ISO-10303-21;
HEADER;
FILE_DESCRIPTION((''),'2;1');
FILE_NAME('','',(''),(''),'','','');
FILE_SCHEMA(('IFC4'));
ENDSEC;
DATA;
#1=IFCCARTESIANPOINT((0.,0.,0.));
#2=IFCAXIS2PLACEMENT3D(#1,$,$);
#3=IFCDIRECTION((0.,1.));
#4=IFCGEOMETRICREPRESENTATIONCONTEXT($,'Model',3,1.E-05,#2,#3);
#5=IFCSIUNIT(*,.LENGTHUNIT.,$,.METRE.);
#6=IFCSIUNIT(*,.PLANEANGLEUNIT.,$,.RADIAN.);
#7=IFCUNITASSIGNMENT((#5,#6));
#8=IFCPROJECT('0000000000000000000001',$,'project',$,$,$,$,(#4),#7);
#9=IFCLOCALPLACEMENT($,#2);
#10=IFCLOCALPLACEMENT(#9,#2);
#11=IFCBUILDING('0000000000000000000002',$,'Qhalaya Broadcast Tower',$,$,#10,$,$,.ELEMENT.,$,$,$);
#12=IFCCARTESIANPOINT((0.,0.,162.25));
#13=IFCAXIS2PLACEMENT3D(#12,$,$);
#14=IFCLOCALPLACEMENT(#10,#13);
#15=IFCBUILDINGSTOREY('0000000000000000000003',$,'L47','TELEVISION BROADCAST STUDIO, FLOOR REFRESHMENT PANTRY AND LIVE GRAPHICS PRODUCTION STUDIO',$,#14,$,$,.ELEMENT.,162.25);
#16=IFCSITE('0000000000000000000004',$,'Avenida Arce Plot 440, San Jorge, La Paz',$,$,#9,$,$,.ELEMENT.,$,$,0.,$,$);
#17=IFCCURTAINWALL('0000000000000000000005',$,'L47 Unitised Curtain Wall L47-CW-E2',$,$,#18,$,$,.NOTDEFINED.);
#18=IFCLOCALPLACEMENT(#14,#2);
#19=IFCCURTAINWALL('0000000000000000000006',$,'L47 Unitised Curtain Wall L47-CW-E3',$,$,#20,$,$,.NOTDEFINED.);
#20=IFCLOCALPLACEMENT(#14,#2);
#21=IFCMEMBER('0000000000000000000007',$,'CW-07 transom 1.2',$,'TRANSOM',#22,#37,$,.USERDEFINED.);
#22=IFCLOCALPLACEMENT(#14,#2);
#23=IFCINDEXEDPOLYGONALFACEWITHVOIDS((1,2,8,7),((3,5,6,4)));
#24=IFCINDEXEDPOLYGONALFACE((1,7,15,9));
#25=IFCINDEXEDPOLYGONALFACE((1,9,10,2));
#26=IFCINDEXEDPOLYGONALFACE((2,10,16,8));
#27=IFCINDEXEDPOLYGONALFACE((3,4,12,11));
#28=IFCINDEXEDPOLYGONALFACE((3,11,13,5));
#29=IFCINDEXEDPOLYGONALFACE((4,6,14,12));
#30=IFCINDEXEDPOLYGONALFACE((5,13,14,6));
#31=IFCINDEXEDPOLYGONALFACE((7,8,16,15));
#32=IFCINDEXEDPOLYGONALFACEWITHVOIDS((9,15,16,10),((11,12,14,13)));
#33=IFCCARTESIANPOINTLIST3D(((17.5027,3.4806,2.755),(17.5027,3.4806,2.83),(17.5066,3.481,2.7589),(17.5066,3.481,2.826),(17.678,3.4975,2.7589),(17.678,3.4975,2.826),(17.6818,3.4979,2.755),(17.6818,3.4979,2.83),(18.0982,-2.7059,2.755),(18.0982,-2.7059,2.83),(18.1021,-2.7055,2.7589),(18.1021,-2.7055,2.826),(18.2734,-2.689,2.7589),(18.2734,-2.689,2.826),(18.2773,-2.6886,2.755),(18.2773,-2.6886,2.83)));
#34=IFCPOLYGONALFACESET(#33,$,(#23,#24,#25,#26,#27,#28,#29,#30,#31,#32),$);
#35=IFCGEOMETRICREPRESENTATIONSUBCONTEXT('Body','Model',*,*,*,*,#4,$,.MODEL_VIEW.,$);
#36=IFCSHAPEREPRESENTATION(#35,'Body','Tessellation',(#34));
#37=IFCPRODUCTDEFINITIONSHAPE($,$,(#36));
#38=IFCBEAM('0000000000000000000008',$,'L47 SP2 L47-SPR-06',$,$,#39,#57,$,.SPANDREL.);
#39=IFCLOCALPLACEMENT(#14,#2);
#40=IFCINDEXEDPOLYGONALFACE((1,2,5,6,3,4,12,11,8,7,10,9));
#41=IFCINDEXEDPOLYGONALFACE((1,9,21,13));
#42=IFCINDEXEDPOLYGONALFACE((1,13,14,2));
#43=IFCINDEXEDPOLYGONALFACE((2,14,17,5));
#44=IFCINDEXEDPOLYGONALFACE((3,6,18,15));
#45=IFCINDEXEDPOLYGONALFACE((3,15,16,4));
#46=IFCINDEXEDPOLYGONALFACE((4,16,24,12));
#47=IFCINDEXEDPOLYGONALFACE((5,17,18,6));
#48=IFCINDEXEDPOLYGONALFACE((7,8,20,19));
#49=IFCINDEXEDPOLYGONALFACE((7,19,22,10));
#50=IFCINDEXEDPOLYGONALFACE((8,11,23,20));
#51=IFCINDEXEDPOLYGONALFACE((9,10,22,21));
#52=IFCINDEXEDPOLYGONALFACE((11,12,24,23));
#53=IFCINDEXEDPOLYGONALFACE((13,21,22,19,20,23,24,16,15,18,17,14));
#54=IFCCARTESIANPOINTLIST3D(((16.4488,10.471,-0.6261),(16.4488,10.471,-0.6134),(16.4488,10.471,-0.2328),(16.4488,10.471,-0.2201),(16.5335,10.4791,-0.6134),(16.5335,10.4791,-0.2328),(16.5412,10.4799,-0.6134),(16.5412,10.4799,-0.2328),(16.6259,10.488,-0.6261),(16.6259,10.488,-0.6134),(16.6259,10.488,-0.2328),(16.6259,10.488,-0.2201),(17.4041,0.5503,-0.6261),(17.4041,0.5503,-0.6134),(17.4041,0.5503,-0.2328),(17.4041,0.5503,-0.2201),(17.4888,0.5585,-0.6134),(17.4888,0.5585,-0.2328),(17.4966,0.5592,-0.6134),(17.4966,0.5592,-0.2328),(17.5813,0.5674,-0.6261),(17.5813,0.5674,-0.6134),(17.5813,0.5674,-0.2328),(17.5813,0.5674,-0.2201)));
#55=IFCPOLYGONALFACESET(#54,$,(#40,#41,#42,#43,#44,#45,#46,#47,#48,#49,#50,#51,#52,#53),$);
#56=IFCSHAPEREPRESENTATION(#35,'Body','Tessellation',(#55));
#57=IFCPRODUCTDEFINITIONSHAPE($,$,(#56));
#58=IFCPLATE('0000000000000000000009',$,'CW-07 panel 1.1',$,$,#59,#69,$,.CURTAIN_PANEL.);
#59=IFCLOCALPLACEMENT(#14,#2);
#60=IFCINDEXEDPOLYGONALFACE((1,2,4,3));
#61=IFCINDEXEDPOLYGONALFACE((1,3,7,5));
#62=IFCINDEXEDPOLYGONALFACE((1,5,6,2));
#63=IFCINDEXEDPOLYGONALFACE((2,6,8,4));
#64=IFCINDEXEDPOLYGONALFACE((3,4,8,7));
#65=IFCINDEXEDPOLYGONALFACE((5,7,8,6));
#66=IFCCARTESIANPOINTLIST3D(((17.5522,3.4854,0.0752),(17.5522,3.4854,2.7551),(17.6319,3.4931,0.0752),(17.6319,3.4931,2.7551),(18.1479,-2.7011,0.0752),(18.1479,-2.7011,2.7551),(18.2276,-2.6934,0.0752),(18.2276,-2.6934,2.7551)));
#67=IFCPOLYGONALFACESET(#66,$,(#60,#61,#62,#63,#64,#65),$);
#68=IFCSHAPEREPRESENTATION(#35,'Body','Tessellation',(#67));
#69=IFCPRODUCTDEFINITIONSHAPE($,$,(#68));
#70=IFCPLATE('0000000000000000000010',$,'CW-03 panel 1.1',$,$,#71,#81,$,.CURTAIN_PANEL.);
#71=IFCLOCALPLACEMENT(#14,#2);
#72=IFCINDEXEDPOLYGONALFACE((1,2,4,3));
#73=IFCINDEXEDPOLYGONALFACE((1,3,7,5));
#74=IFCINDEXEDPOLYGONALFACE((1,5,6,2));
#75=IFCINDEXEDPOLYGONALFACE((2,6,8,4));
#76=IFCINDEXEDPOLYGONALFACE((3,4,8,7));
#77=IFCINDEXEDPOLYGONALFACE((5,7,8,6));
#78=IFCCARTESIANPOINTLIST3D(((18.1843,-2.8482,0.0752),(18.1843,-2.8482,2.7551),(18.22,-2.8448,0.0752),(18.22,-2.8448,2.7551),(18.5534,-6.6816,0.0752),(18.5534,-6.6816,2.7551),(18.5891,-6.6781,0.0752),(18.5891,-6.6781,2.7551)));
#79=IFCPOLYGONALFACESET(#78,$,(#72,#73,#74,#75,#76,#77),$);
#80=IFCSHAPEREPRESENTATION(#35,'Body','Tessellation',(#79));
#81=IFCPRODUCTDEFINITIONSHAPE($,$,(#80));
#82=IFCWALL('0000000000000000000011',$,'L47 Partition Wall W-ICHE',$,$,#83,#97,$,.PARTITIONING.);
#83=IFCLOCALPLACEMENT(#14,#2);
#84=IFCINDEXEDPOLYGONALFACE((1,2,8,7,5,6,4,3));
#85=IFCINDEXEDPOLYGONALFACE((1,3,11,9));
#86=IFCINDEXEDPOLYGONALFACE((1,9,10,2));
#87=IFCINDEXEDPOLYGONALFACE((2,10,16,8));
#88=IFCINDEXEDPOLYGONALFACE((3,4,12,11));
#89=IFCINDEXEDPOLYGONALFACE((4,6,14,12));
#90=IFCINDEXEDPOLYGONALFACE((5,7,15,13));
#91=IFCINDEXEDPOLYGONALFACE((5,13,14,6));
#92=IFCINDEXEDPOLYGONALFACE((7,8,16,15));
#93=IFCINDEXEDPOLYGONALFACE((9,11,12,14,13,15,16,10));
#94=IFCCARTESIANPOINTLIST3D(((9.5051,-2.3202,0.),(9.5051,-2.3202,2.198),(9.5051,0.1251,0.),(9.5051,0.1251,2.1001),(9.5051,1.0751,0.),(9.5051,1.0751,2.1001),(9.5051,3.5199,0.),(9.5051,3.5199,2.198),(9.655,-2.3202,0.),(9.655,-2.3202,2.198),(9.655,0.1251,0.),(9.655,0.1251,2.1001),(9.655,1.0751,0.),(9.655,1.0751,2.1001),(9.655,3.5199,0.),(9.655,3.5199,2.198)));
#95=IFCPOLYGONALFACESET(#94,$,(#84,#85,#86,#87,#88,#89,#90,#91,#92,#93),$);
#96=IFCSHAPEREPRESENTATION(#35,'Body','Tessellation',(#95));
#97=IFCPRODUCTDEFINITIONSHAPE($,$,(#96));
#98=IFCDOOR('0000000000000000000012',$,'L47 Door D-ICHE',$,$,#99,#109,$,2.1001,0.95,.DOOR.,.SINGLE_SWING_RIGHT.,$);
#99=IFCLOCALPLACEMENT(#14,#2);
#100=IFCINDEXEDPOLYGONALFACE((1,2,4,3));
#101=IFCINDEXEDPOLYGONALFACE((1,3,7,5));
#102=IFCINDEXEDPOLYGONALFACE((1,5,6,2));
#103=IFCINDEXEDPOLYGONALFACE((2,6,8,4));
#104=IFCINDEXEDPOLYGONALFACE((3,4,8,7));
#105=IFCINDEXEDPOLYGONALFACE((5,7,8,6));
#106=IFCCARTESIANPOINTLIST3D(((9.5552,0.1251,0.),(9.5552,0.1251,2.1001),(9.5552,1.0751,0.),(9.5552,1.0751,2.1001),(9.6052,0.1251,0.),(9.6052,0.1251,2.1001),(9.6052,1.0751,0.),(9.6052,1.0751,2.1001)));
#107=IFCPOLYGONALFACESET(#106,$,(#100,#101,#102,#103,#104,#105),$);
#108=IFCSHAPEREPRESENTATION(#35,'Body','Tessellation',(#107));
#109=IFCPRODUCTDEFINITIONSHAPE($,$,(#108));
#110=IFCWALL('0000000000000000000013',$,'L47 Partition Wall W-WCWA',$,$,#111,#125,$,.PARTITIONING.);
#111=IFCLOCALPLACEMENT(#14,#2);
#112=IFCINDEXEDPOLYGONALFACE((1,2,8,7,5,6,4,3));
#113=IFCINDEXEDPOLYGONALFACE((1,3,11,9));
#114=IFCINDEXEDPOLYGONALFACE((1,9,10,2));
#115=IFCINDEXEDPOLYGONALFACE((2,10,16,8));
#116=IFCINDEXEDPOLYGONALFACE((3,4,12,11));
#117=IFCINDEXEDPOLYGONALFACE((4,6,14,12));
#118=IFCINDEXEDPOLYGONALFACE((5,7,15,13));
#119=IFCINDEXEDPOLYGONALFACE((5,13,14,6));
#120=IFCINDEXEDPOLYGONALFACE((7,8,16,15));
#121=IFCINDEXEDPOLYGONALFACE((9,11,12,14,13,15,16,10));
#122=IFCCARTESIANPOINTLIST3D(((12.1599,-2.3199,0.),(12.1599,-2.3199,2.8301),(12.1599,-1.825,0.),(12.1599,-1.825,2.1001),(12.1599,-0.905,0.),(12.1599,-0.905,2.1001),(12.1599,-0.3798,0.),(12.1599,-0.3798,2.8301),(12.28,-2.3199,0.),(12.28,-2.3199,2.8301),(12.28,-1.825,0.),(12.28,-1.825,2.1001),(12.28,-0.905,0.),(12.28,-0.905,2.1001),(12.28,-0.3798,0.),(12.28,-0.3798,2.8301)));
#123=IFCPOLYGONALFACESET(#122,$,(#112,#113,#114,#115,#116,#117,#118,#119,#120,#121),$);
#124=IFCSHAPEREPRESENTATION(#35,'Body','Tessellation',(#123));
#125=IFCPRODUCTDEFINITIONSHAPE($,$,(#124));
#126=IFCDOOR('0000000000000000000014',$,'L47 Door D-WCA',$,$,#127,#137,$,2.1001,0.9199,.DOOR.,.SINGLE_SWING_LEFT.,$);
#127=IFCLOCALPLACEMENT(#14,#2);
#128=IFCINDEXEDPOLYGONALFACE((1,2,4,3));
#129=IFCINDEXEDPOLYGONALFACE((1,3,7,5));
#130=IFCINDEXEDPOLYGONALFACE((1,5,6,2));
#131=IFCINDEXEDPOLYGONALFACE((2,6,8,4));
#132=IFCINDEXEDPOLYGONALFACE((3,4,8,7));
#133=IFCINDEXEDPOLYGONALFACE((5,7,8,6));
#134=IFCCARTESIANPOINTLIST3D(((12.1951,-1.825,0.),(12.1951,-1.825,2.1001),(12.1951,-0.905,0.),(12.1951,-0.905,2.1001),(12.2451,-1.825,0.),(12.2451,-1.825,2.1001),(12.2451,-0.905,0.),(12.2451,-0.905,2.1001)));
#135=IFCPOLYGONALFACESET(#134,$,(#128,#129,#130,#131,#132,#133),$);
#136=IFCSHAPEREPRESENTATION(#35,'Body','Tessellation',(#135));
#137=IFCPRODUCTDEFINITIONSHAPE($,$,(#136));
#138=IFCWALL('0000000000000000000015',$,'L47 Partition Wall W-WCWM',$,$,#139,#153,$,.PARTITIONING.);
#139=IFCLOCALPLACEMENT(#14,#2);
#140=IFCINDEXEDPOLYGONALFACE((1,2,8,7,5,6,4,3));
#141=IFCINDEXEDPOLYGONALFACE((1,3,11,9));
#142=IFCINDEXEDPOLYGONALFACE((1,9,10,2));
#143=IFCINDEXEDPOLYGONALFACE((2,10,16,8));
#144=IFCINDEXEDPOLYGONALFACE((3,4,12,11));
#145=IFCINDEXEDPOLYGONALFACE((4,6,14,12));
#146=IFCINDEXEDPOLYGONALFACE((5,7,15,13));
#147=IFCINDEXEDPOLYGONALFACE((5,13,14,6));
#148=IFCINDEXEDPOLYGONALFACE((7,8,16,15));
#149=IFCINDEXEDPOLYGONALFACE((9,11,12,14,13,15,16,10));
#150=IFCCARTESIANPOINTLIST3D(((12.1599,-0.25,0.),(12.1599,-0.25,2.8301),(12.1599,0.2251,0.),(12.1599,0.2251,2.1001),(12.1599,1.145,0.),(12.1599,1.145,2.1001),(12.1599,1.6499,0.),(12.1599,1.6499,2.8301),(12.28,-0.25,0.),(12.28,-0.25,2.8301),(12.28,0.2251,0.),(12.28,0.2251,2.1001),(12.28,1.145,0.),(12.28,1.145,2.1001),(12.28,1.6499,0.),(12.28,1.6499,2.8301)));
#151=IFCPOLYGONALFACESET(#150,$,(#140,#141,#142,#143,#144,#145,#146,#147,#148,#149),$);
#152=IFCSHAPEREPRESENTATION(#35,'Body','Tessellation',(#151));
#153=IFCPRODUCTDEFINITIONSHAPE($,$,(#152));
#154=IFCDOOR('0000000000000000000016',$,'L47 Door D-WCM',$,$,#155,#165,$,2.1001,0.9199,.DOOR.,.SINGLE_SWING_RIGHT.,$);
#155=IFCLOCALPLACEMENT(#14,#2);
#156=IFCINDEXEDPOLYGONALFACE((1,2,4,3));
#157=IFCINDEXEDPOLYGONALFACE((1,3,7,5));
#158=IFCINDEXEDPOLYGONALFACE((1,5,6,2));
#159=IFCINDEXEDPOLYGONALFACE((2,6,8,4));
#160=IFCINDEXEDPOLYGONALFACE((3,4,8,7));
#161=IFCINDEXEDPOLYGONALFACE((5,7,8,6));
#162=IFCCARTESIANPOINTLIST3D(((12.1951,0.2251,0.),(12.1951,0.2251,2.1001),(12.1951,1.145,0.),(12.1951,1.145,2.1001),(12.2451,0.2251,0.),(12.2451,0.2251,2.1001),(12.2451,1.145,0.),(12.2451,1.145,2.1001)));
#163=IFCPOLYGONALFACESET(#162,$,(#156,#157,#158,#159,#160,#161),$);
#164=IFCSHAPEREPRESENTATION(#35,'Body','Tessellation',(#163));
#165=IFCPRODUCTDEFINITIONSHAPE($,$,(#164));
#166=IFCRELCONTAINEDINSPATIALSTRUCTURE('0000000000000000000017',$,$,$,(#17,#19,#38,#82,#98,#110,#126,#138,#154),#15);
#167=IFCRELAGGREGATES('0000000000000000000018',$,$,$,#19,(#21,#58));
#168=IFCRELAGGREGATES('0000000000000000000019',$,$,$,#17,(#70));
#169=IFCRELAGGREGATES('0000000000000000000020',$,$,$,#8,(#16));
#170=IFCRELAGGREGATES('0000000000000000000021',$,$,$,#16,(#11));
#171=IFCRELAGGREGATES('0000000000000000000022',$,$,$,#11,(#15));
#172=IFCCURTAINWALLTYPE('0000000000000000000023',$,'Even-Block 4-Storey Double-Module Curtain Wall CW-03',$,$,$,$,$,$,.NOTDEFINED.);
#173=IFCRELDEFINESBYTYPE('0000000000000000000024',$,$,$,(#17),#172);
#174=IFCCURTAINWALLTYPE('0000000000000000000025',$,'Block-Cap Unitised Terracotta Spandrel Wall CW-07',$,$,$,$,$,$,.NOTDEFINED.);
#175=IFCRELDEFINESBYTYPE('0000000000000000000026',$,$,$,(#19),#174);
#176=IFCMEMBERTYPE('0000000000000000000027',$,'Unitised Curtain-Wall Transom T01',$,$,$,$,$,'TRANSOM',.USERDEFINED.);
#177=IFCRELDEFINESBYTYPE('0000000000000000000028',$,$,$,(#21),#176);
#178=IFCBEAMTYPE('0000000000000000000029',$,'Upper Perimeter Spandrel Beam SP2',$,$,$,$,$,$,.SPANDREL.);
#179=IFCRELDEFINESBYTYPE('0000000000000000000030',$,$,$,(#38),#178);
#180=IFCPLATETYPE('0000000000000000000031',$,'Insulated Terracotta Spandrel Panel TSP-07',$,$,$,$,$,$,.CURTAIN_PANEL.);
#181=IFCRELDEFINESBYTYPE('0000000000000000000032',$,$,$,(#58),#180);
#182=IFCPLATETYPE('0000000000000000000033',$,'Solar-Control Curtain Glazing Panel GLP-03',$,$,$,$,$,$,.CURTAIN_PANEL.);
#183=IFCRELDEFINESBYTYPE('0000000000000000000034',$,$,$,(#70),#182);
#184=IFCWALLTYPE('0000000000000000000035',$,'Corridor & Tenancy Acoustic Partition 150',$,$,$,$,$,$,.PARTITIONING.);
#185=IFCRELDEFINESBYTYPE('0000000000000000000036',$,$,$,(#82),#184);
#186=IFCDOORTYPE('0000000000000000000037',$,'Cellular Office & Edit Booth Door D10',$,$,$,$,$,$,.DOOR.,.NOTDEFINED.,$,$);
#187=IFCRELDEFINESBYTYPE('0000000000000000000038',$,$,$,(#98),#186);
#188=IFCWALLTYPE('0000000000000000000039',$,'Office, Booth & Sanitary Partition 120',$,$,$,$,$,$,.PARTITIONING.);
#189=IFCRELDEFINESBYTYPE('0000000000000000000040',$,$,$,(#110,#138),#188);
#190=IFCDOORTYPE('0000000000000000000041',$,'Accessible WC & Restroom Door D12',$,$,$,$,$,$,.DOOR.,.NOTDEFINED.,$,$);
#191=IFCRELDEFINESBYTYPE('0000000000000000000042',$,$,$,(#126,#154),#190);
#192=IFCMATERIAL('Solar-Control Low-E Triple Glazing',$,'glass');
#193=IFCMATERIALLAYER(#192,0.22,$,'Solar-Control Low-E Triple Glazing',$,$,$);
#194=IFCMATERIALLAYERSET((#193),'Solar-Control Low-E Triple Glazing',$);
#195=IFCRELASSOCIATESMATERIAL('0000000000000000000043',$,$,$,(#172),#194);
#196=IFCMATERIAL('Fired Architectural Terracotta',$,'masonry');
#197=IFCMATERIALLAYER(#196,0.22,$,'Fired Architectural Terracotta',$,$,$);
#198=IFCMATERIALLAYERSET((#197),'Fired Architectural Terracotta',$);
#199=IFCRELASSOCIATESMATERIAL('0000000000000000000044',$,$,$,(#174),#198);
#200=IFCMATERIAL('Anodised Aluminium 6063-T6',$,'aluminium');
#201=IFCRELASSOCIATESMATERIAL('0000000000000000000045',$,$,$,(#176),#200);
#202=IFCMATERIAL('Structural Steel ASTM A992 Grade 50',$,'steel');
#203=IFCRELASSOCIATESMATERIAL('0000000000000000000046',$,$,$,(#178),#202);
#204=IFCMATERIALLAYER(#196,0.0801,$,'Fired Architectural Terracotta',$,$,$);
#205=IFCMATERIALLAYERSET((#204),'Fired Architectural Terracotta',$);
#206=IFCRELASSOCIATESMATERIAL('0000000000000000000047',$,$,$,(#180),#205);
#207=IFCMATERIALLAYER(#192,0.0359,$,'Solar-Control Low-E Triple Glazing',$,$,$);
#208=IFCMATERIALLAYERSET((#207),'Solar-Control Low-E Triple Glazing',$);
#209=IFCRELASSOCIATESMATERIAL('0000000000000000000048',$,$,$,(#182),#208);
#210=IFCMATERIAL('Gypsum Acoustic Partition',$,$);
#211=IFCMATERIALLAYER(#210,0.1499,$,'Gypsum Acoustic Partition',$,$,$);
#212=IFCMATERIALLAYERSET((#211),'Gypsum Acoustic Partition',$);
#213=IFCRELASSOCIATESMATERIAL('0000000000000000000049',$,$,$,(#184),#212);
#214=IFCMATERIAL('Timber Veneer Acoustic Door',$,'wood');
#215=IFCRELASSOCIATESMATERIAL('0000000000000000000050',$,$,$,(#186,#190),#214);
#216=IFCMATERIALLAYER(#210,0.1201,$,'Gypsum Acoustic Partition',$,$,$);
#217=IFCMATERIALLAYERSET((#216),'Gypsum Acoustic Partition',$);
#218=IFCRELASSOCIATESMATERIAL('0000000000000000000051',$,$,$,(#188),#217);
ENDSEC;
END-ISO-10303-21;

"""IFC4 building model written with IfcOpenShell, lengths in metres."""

from ifc_helpers import new_model, si_unit, direction, frame, frame_2d, origin, origin_2d, place, context, subcontext, project, spatial, rectangle, hollow_rectangle, i_section, extrude, material, layer, layer_set, material_profile, profile_set, type_object, element, fill, aggregate, save


model = new_model("IFC4")

# Units and contexts
model_context = context("Model", 3, precision=1e-05, world=origin(), true_north=direction((0.0, 1.0)))
body_context = subcontext(model_context, "Body", "Model", "MODEL_VIEW")
ifc_project = project(units=[si_unit("LENGTHUNIT", "METRE"), si_unit("PLANEANGLEUNIT", "RADIAN")], contexts=[model_context])

# Site, building, storey
site_placement = place(None, origin())
site = spatial("IfcSite", under=ifc_project, at=site_placement, Name="Avenida Arce Plot 440, San Jorge, La Paz", CompositionType="ELEMENT", RefElevation=0.0)
building_placement = place(site_placement, origin())
building = spatial("IfcBuilding", under=site, at=building_placement, Name="Qhalaya Broadcast Tower", CompositionType="ELEMENT")
storey_placement = place(building_placement, frame((0.0, 0.0, 162.25)))
storey = spatial("IfcBuildingStorey", under=building, at=storey_placement, Name="L47", Description="TELEVISION BROADCAST STUDIO, FLOOR REFRESHMENT PANTRY AND LIVE GRAPHICS PRODUCTION STUDIO", CompositionType="ELEMENT", Elevation=162.25)

# Shared definitions
ifc_material_1 = material(Name="Structural Steel ASTM A992 Grade 50", Category="steel")

# Curtain walls
ifc_material_2 = material(Name="Solar-Control Low-E Triple Glazing", Category="glass")
ifc_layer_1 = layer(ifc_material_2, 0.22, Name="Solar-Control Low-E Triple Glazing")
ifc_layer_set_1 = layer_set([ifc_layer_1], Name="Solar-Control Low-E Triple Glazing")
curtain_wall_type_1 = type_object("IfcCurtainWallType", Name="Even-Block 4-Storey Double-Module Curtain Wall CW-03", PredefinedType="NOTDEFINED", material=ifc_layer_set_1)
curtain_wall_1_placement = place(storey_placement, origin())
curtain_wall_1 = element("IfcCurtainWall", 1, at=curtain_wall_1_placement, inside=storey, type_object=curtain_wall_type_1, Name="L47 Unitised Curtain Wall L47-CW-E2", PredefinedType="NOTDEFINED")
ifc_material_3 = material(Name="Anodised Aluminium 6063-T6", Category="aluminium")
ifc_material_4 = material(Name="Fired Architectural Terracotta", Category="masonry")
ifc_layer_2 = layer(ifc_material_4, 0.22, Name="Fired Architectural Terracotta")
ifc_layer_set_2 = layer_set([ifc_layer_2], Name="Fired Architectural Terracotta")
curtain_wall_type_2 = type_object("IfcCurtainWallType", Name="Block-Cap Unitised Terracotta Spandrel Wall CW-07", PredefinedType="NOTDEFINED", material=ifc_layer_set_2)
curtain_wall_2_placement = place(storey_placement, origin())
curtain_wall_2 = element("IfcCurtainWall", 2, at=curtain_wall_2_placement, inside=storey, type_object=curtain_wall_type_2, Name="L47 Unitised Curtain Wall L47-CW-E3", PredefinedType="NOTDEFINED")

# Member
ifc_material_profile_1 = material_profile(ifc_material_3, hollow_rectangle(XDim=0.075, YDim=0.1799, WallThickness=0.0039, at=origin_2d()), Name="ALU-TRN 75x180x4")
ifc_profile_set_1 = profile_set([ifc_material_profile_1], Name="Anodised Aluminium 6063-T6")
member_type_1 = type_object("IfcMemberType", Name="Unitised Curtain-Wall Transom T01", ElementType="TRANSOM", PredefinedType="USERDEFINED", material=ifc_profile_set_1)
member_1_placement = place(storey_placement, frame((18.1877, -2.6973, 2.7925), z_axis=(-0.095808, 0.9954, 0.0), x_axis=(0.0, 0.0, 1.0)))
member_1 = element("IfcMember", 3, at=member_1_placement, type_object=member_type_1, Name="CW-07 transom 1.2", ObjectType="TRANSOM", PredefinedType="USERDEFINED", context=body_context, shape_type="SweptSolid", body=[
    extrude(hollow_rectangle(XDim=0.075, YDim=0.1799, WallThickness=0.0039, at=origin_2d()), origin(), (0.0, 0.0, 1.0), 6.2151),
])

# Beam
ifc_material_profile_2 = material_profile(ifc_material_1, i_section(OverallWidth=0.178, OverallDepth=0.406, WebThickness=0.0078, FlangeThickness=0.0127, at=origin_2d()), Name="W16X40")
ifc_profile_set_2 = profile_set([ifc_material_profile_2], Name="Structural Steel ASTM A992 Grade 50")
beam_type_1 = type_object("IfcBeamType", Name="Upper Perimeter Spandrel Beam SP2", PredefinedType="SPANDREL", material=ifc_profile_set_2)
beam_1_placement = place(storey_placement, frame((17.4927, 0.5588, -0.4231), z_axis=(-0.095853, 0.995396, 0.0), x_axis=(-0.995396, -0.095853, 0.0)))
element("IfcBeam", 4, at=beam_1_placement, inside=storey, type_object=beam_type_1, Name="L47 SP2 L47-SPR-06", PredefinedType="SPANDREL", context=body_context, shape_type="SweptSolid", body=[
    extrude(i_section(OverallWidth=0.178, OverallDepth=0.406, WebThickness=0.0078, FlangeThickness=0.0127, at=origin_2d()), origin(), (0.0, 0.0, 1.0), 9.9666),
])

# Plates
ifc_layer_3 = layer(ifc_material_4, 0.0801, Name="Fired Architectural Terracotta")
ifc_layer_set_3 = layer_set([ifc_layer_3], Name="Fired Architectural Terracotta")
plate_type_1 = type_object("IfcPlateType", Name="Insulated Terracotta Spandrel Panel TSP-07", PredefinedType="CURTAIN_PANEL", material=ifc_layer_set_3)
plate_1_placement = place(storey_placement, frame((17.8899, 0.396, 0.0752), z_axis=(0.0, 0.0, 1.0), x_axis=(-0.095837, 0.995397, 0.0)))
plate_1 = element("IfcPlate", 5, at=plate_1_placement, type_object=plate_type_1, Name="CW-07 panel 1.1", PredefinedType="CURTAIN_PANEL", context=body_context, shape_type="SweptSolid", body=[
    extrude(rectangle(XDim=6.2151, YDim=0.0801, at=origin_2d()), origin(), (0.0, 0.0, 1.0), 2.6799),
])
aggregate(curtain_wall_2, [member_1, plate_1])
ifc_layer_4 = layer(ifc_material_2, 0.0359, Name="Solar-Control Low-E Triple Glazing")
ifc_layer_set_4 = layer_set([ifc_layer_4], Name="Solar-Control Low-E Triple Glazing")
plate_type_2 = type_object("IfcPlateType", Name="Solar-Control Curtain Glazing Panel GLP-03", PredefinedType="CURTAIN_PANEL", material=ifc_layer_set_4)
plate_2_placement = place(storey_placement, frame((18.3867, -4.7632, 0.0752), z_axis=(0.0, 0.0, 1.0), x_axis=(-0.095851, 0.995396, 0.0)))
plate_2 = element("IfcPlate", 6, at=plate_2_placement, type_object=plate_type_2, Name="CW-03 panel 1.1", PredefinedType="CURTAIN_PANEL", context=body_context, shape_type="SweptSolid", body=[
    extrude(rectangle(XDim=3.8511, YDim=0.0359, at=origin_2d()), origin(), (0.0, 0.0, 1.0), 2.6799),
])
aggregate(curtain_wall_1, [plate_2])

# Walls, openings, doors
ifc_material_5 = material(Name="Gypsum Acoustic Partition")
ifc_layer_5 = layer(ifc_material_5, 0.1499, Name="Gypsum Acoustic Partition")
ifc_layer_set_5 = layer_set([ifc_layer_5], Name="Gypsum Acoustic Partition")
wall_type_1 = type_object("IfcWallType", Name="Corridor & Tenancy Acoustic Partition 150", PredefinedType="PARTITIONING", material=ifc_layer_set_5)
wall_1_placement = place(storey_placement, frame((9.5801, -2.3201, 0.0), z_axis=(0.0, 0.0, 1.0), x_axis=(0.0, 1.0, 0.0)))
wall_1 = element("IfcWall", 7, at=wall_1_placement, inside=storey, type_object=wall_type_1, Name="L47 Partition Wall W-ICHE", PredefinedType="PARTITIONING", context=body_context, shape_type="SweptSolid", body=[
    extrude(rectangle(XDim=5.8401, YDim=0.1499, at=frame_2d((2.9199, 0.0))), origin(), (0.0, 0.0, 1.0), 2.198),
])
opening_1_placement = place(wall_1_placement, frame((2.4451, 0.0, 0.0)))
opening_1 = element("IfcOpeningElement", 8, at=opening_1_placement, cuts=wall_1, PredefinedType="OPENING", context=body_context, shape_type="SweptSolid", body=[
    extrude(rectangle(XDim=0.95, YDim=2.1001, at=frame_2d((0.4751, 1.05))), frame((0.0, 0.0869, 0.0), z_axis=(0.0, -1.0, 0.0), x_axis=(1.0, 0.0, 0.0)), (0.0, 0.0, 1.0), 0.1738),
])
ifc_material_6 = material(Name="Timber Veneer Acoustic Door", Category="wood")
door_type_1 = type_object("IfcDoorType", Name="Cellular Office & Edit Booth Door D10", OperationType="NOTDEFINED", PredefinedType="DOOR", material=ifc_material_6)
door_1_placement = place(opening_1_placement, origin())
door_1 = element("IfcDoor", 9, at=door_1_placement, inside=storey, type_object=door_type_1, Name="L47 Door D-ICHE", OperationType="SINGLE_SWING_RIGHT", OverallHeight=2.1001, OverallWidth=0.95, PredefinedType="DOOR", context=body_context, shape_type="SweptSolid", body=[
    extrude(rectangle(XDim=0.95, YDim=2.1001, at=frame_2d((0.4751, 1.05))), frame((0.0, 0.0249, 0.0), z_axis=(0.0, -1.0, 0.0), x_axis=(1.0, 0.0, 0.0)), (0.0, 0.0, 1.0), 0.05),
])
fill(opening_1, door_1)
ifc_layer_6 = layer(ifc_material_5, 0.1201, Name="Gypsum Acoustic Partition")
ifc_layer_set_6 = layer_set([ifc_layer_6], Name="Gypsum Acoustic Partition")
wall_type_2 = type_object("IfcWallType", Name="Office, Booth & Sanitary Partition 120", PredefinedType="PARTITIONING", material=ifc_layer_set_6)
wall_2_placement = place(storey_placement, frame((12.22, -2.3201, 0.0), z_axis=(0.0, 0.0, 1.0), x_axis=(0.0, 1.0, 0.0)))
wall_2 = element("IfcWall", 10, at=wall_2_placement, inside=storey, type_object=wall_type_2, Name="L47 Partition Wall W-WCWA", PredefinedType="PARTITIONING", context=body_context, shape_type="SweptSolid", body=[
    extrude(rectangle(XDim=1.9402, YDim=0.1201, at=frame_2d((0.9702, 0.0))), origin(), (0.0, 0.0, 1.0), 2.8301),
])
opening_2_placement = place(wall_2_placement, frame((0.4951, 0.0, 0.0)))
opening_2 = element("IfcOpeningElement", 11, at=opening_2_placement, cuts=wall_2, PredefinedType="OPENING", context=body_context, shape_type="SweptSolid", body=[
    extrude(rectangle(XDim=0.9199, YDim=2.1001, at=frame_2d((0.46, 1.05))), frame((0.0, 0.072, 0.0), z_axis=(0.0, -1.0, 0.0), x_axis=(1.0, 0.0, 0.0)), (0.0, 0.0, 1.0), 0.144),
])
door_type_2 = type_object("IfcDoorType", Name="Accessible WC & Restroom Door D12", OperationType="NOTDEFINED", PredefinedType="DOOR", material=ifc_material_6)
door_2_placement = place(opening_2_placement, origin())
door_2 = element("IfcDoor", 12, at=door_2_placement, inside=storey, type_object=door_type_2, Name="L47 Door D-WCA", OperationType="SINGLE_SWING_LEFT", OverallHeight=2.1001, OverallWidth=0.9199, PredefinedType="DOOR", context=body_context, shape_type="SweptSolid", body=[
    extrude(rectangle(XDim=0.9199, YDim=2.1001, at=frame_2d((0.46, 1.05))), frame((0.0, 0.0249, 0.0), z_axis=(0.0, -1.0, 0.0), x_axis=(1.0, 0.0, 0.0)), (0.0, 0.0, 1.0), 0.05),
])
fill(opening_2, door_2)
wall_3_placement = place(storey_placement, frame((12.22, -0.25, 0.0), z_axis=(0.0, 0.0, 1.0), x_axis=(0.0, 1.0, 0.0)))
wall_3 = element("IfcWall", 13, at=wall_3_placement, inside=storey, type_object=wall_type_2, Name="L47 Partition Wall W-WCWM", PredefinedType="PARTITIONING", context=body_context, shape_type="SweptSolid", body=[
    extrude(rectangle(XDim=1.8999, YDim=0.1201, at=frame_2d((0.95, 0.0))), origin(), (0.0, 0.0, 1.0), 2.8301),
])
opening_3_placement = place(wall_3_placement, frame((0.4751, 0.0, 0.0)))
opening_3 = element("IfcOpeningElement", 14, at=opening_3_placement, cuts=wall_3, PredefinedType="OPENING", context=body_context, shape_type="SweptSolid", body=[
    extrude(rectangle(XDim=0.9199, YDim=2.1001, at=frame_2d((0.46, 1.05))), frame((0.0, 0.072, 0.0), z_axis=(0.0, -1.0, 0.0), x_axis=(1.0, 0.0, 0.0)), (0.0, 0.0, 1.0), 0.144),
])
door_3_placement = place(opening_3_placement, origin())
door_3 = element("IfcDoor", 15, at=door_3_placement, inside=storey, type_object=door_type_2, Name="L47 Door D-WCM", OperationType="SINGLE_SWING_RIGHT", OverallHeight=2.1001, OverallWidth=0.9199, PredefinedType="DOOR", context=body_context, shape_type="SweptSolid", body=[
    extrude(rectangle(XDim=0.9199, YDim=2.1001, at=frame_2d((0.46, 1.05))), frame((0.0, 0.0249, 0.0), z_axis=(0.0, -1.0, 0.0), x_axis=(1.0, 0.0, 0.0)), (0.0, 0.0, 1.0), 0.05),
])
fill(opening_3, door_3)

save(model, "model.ifc")
